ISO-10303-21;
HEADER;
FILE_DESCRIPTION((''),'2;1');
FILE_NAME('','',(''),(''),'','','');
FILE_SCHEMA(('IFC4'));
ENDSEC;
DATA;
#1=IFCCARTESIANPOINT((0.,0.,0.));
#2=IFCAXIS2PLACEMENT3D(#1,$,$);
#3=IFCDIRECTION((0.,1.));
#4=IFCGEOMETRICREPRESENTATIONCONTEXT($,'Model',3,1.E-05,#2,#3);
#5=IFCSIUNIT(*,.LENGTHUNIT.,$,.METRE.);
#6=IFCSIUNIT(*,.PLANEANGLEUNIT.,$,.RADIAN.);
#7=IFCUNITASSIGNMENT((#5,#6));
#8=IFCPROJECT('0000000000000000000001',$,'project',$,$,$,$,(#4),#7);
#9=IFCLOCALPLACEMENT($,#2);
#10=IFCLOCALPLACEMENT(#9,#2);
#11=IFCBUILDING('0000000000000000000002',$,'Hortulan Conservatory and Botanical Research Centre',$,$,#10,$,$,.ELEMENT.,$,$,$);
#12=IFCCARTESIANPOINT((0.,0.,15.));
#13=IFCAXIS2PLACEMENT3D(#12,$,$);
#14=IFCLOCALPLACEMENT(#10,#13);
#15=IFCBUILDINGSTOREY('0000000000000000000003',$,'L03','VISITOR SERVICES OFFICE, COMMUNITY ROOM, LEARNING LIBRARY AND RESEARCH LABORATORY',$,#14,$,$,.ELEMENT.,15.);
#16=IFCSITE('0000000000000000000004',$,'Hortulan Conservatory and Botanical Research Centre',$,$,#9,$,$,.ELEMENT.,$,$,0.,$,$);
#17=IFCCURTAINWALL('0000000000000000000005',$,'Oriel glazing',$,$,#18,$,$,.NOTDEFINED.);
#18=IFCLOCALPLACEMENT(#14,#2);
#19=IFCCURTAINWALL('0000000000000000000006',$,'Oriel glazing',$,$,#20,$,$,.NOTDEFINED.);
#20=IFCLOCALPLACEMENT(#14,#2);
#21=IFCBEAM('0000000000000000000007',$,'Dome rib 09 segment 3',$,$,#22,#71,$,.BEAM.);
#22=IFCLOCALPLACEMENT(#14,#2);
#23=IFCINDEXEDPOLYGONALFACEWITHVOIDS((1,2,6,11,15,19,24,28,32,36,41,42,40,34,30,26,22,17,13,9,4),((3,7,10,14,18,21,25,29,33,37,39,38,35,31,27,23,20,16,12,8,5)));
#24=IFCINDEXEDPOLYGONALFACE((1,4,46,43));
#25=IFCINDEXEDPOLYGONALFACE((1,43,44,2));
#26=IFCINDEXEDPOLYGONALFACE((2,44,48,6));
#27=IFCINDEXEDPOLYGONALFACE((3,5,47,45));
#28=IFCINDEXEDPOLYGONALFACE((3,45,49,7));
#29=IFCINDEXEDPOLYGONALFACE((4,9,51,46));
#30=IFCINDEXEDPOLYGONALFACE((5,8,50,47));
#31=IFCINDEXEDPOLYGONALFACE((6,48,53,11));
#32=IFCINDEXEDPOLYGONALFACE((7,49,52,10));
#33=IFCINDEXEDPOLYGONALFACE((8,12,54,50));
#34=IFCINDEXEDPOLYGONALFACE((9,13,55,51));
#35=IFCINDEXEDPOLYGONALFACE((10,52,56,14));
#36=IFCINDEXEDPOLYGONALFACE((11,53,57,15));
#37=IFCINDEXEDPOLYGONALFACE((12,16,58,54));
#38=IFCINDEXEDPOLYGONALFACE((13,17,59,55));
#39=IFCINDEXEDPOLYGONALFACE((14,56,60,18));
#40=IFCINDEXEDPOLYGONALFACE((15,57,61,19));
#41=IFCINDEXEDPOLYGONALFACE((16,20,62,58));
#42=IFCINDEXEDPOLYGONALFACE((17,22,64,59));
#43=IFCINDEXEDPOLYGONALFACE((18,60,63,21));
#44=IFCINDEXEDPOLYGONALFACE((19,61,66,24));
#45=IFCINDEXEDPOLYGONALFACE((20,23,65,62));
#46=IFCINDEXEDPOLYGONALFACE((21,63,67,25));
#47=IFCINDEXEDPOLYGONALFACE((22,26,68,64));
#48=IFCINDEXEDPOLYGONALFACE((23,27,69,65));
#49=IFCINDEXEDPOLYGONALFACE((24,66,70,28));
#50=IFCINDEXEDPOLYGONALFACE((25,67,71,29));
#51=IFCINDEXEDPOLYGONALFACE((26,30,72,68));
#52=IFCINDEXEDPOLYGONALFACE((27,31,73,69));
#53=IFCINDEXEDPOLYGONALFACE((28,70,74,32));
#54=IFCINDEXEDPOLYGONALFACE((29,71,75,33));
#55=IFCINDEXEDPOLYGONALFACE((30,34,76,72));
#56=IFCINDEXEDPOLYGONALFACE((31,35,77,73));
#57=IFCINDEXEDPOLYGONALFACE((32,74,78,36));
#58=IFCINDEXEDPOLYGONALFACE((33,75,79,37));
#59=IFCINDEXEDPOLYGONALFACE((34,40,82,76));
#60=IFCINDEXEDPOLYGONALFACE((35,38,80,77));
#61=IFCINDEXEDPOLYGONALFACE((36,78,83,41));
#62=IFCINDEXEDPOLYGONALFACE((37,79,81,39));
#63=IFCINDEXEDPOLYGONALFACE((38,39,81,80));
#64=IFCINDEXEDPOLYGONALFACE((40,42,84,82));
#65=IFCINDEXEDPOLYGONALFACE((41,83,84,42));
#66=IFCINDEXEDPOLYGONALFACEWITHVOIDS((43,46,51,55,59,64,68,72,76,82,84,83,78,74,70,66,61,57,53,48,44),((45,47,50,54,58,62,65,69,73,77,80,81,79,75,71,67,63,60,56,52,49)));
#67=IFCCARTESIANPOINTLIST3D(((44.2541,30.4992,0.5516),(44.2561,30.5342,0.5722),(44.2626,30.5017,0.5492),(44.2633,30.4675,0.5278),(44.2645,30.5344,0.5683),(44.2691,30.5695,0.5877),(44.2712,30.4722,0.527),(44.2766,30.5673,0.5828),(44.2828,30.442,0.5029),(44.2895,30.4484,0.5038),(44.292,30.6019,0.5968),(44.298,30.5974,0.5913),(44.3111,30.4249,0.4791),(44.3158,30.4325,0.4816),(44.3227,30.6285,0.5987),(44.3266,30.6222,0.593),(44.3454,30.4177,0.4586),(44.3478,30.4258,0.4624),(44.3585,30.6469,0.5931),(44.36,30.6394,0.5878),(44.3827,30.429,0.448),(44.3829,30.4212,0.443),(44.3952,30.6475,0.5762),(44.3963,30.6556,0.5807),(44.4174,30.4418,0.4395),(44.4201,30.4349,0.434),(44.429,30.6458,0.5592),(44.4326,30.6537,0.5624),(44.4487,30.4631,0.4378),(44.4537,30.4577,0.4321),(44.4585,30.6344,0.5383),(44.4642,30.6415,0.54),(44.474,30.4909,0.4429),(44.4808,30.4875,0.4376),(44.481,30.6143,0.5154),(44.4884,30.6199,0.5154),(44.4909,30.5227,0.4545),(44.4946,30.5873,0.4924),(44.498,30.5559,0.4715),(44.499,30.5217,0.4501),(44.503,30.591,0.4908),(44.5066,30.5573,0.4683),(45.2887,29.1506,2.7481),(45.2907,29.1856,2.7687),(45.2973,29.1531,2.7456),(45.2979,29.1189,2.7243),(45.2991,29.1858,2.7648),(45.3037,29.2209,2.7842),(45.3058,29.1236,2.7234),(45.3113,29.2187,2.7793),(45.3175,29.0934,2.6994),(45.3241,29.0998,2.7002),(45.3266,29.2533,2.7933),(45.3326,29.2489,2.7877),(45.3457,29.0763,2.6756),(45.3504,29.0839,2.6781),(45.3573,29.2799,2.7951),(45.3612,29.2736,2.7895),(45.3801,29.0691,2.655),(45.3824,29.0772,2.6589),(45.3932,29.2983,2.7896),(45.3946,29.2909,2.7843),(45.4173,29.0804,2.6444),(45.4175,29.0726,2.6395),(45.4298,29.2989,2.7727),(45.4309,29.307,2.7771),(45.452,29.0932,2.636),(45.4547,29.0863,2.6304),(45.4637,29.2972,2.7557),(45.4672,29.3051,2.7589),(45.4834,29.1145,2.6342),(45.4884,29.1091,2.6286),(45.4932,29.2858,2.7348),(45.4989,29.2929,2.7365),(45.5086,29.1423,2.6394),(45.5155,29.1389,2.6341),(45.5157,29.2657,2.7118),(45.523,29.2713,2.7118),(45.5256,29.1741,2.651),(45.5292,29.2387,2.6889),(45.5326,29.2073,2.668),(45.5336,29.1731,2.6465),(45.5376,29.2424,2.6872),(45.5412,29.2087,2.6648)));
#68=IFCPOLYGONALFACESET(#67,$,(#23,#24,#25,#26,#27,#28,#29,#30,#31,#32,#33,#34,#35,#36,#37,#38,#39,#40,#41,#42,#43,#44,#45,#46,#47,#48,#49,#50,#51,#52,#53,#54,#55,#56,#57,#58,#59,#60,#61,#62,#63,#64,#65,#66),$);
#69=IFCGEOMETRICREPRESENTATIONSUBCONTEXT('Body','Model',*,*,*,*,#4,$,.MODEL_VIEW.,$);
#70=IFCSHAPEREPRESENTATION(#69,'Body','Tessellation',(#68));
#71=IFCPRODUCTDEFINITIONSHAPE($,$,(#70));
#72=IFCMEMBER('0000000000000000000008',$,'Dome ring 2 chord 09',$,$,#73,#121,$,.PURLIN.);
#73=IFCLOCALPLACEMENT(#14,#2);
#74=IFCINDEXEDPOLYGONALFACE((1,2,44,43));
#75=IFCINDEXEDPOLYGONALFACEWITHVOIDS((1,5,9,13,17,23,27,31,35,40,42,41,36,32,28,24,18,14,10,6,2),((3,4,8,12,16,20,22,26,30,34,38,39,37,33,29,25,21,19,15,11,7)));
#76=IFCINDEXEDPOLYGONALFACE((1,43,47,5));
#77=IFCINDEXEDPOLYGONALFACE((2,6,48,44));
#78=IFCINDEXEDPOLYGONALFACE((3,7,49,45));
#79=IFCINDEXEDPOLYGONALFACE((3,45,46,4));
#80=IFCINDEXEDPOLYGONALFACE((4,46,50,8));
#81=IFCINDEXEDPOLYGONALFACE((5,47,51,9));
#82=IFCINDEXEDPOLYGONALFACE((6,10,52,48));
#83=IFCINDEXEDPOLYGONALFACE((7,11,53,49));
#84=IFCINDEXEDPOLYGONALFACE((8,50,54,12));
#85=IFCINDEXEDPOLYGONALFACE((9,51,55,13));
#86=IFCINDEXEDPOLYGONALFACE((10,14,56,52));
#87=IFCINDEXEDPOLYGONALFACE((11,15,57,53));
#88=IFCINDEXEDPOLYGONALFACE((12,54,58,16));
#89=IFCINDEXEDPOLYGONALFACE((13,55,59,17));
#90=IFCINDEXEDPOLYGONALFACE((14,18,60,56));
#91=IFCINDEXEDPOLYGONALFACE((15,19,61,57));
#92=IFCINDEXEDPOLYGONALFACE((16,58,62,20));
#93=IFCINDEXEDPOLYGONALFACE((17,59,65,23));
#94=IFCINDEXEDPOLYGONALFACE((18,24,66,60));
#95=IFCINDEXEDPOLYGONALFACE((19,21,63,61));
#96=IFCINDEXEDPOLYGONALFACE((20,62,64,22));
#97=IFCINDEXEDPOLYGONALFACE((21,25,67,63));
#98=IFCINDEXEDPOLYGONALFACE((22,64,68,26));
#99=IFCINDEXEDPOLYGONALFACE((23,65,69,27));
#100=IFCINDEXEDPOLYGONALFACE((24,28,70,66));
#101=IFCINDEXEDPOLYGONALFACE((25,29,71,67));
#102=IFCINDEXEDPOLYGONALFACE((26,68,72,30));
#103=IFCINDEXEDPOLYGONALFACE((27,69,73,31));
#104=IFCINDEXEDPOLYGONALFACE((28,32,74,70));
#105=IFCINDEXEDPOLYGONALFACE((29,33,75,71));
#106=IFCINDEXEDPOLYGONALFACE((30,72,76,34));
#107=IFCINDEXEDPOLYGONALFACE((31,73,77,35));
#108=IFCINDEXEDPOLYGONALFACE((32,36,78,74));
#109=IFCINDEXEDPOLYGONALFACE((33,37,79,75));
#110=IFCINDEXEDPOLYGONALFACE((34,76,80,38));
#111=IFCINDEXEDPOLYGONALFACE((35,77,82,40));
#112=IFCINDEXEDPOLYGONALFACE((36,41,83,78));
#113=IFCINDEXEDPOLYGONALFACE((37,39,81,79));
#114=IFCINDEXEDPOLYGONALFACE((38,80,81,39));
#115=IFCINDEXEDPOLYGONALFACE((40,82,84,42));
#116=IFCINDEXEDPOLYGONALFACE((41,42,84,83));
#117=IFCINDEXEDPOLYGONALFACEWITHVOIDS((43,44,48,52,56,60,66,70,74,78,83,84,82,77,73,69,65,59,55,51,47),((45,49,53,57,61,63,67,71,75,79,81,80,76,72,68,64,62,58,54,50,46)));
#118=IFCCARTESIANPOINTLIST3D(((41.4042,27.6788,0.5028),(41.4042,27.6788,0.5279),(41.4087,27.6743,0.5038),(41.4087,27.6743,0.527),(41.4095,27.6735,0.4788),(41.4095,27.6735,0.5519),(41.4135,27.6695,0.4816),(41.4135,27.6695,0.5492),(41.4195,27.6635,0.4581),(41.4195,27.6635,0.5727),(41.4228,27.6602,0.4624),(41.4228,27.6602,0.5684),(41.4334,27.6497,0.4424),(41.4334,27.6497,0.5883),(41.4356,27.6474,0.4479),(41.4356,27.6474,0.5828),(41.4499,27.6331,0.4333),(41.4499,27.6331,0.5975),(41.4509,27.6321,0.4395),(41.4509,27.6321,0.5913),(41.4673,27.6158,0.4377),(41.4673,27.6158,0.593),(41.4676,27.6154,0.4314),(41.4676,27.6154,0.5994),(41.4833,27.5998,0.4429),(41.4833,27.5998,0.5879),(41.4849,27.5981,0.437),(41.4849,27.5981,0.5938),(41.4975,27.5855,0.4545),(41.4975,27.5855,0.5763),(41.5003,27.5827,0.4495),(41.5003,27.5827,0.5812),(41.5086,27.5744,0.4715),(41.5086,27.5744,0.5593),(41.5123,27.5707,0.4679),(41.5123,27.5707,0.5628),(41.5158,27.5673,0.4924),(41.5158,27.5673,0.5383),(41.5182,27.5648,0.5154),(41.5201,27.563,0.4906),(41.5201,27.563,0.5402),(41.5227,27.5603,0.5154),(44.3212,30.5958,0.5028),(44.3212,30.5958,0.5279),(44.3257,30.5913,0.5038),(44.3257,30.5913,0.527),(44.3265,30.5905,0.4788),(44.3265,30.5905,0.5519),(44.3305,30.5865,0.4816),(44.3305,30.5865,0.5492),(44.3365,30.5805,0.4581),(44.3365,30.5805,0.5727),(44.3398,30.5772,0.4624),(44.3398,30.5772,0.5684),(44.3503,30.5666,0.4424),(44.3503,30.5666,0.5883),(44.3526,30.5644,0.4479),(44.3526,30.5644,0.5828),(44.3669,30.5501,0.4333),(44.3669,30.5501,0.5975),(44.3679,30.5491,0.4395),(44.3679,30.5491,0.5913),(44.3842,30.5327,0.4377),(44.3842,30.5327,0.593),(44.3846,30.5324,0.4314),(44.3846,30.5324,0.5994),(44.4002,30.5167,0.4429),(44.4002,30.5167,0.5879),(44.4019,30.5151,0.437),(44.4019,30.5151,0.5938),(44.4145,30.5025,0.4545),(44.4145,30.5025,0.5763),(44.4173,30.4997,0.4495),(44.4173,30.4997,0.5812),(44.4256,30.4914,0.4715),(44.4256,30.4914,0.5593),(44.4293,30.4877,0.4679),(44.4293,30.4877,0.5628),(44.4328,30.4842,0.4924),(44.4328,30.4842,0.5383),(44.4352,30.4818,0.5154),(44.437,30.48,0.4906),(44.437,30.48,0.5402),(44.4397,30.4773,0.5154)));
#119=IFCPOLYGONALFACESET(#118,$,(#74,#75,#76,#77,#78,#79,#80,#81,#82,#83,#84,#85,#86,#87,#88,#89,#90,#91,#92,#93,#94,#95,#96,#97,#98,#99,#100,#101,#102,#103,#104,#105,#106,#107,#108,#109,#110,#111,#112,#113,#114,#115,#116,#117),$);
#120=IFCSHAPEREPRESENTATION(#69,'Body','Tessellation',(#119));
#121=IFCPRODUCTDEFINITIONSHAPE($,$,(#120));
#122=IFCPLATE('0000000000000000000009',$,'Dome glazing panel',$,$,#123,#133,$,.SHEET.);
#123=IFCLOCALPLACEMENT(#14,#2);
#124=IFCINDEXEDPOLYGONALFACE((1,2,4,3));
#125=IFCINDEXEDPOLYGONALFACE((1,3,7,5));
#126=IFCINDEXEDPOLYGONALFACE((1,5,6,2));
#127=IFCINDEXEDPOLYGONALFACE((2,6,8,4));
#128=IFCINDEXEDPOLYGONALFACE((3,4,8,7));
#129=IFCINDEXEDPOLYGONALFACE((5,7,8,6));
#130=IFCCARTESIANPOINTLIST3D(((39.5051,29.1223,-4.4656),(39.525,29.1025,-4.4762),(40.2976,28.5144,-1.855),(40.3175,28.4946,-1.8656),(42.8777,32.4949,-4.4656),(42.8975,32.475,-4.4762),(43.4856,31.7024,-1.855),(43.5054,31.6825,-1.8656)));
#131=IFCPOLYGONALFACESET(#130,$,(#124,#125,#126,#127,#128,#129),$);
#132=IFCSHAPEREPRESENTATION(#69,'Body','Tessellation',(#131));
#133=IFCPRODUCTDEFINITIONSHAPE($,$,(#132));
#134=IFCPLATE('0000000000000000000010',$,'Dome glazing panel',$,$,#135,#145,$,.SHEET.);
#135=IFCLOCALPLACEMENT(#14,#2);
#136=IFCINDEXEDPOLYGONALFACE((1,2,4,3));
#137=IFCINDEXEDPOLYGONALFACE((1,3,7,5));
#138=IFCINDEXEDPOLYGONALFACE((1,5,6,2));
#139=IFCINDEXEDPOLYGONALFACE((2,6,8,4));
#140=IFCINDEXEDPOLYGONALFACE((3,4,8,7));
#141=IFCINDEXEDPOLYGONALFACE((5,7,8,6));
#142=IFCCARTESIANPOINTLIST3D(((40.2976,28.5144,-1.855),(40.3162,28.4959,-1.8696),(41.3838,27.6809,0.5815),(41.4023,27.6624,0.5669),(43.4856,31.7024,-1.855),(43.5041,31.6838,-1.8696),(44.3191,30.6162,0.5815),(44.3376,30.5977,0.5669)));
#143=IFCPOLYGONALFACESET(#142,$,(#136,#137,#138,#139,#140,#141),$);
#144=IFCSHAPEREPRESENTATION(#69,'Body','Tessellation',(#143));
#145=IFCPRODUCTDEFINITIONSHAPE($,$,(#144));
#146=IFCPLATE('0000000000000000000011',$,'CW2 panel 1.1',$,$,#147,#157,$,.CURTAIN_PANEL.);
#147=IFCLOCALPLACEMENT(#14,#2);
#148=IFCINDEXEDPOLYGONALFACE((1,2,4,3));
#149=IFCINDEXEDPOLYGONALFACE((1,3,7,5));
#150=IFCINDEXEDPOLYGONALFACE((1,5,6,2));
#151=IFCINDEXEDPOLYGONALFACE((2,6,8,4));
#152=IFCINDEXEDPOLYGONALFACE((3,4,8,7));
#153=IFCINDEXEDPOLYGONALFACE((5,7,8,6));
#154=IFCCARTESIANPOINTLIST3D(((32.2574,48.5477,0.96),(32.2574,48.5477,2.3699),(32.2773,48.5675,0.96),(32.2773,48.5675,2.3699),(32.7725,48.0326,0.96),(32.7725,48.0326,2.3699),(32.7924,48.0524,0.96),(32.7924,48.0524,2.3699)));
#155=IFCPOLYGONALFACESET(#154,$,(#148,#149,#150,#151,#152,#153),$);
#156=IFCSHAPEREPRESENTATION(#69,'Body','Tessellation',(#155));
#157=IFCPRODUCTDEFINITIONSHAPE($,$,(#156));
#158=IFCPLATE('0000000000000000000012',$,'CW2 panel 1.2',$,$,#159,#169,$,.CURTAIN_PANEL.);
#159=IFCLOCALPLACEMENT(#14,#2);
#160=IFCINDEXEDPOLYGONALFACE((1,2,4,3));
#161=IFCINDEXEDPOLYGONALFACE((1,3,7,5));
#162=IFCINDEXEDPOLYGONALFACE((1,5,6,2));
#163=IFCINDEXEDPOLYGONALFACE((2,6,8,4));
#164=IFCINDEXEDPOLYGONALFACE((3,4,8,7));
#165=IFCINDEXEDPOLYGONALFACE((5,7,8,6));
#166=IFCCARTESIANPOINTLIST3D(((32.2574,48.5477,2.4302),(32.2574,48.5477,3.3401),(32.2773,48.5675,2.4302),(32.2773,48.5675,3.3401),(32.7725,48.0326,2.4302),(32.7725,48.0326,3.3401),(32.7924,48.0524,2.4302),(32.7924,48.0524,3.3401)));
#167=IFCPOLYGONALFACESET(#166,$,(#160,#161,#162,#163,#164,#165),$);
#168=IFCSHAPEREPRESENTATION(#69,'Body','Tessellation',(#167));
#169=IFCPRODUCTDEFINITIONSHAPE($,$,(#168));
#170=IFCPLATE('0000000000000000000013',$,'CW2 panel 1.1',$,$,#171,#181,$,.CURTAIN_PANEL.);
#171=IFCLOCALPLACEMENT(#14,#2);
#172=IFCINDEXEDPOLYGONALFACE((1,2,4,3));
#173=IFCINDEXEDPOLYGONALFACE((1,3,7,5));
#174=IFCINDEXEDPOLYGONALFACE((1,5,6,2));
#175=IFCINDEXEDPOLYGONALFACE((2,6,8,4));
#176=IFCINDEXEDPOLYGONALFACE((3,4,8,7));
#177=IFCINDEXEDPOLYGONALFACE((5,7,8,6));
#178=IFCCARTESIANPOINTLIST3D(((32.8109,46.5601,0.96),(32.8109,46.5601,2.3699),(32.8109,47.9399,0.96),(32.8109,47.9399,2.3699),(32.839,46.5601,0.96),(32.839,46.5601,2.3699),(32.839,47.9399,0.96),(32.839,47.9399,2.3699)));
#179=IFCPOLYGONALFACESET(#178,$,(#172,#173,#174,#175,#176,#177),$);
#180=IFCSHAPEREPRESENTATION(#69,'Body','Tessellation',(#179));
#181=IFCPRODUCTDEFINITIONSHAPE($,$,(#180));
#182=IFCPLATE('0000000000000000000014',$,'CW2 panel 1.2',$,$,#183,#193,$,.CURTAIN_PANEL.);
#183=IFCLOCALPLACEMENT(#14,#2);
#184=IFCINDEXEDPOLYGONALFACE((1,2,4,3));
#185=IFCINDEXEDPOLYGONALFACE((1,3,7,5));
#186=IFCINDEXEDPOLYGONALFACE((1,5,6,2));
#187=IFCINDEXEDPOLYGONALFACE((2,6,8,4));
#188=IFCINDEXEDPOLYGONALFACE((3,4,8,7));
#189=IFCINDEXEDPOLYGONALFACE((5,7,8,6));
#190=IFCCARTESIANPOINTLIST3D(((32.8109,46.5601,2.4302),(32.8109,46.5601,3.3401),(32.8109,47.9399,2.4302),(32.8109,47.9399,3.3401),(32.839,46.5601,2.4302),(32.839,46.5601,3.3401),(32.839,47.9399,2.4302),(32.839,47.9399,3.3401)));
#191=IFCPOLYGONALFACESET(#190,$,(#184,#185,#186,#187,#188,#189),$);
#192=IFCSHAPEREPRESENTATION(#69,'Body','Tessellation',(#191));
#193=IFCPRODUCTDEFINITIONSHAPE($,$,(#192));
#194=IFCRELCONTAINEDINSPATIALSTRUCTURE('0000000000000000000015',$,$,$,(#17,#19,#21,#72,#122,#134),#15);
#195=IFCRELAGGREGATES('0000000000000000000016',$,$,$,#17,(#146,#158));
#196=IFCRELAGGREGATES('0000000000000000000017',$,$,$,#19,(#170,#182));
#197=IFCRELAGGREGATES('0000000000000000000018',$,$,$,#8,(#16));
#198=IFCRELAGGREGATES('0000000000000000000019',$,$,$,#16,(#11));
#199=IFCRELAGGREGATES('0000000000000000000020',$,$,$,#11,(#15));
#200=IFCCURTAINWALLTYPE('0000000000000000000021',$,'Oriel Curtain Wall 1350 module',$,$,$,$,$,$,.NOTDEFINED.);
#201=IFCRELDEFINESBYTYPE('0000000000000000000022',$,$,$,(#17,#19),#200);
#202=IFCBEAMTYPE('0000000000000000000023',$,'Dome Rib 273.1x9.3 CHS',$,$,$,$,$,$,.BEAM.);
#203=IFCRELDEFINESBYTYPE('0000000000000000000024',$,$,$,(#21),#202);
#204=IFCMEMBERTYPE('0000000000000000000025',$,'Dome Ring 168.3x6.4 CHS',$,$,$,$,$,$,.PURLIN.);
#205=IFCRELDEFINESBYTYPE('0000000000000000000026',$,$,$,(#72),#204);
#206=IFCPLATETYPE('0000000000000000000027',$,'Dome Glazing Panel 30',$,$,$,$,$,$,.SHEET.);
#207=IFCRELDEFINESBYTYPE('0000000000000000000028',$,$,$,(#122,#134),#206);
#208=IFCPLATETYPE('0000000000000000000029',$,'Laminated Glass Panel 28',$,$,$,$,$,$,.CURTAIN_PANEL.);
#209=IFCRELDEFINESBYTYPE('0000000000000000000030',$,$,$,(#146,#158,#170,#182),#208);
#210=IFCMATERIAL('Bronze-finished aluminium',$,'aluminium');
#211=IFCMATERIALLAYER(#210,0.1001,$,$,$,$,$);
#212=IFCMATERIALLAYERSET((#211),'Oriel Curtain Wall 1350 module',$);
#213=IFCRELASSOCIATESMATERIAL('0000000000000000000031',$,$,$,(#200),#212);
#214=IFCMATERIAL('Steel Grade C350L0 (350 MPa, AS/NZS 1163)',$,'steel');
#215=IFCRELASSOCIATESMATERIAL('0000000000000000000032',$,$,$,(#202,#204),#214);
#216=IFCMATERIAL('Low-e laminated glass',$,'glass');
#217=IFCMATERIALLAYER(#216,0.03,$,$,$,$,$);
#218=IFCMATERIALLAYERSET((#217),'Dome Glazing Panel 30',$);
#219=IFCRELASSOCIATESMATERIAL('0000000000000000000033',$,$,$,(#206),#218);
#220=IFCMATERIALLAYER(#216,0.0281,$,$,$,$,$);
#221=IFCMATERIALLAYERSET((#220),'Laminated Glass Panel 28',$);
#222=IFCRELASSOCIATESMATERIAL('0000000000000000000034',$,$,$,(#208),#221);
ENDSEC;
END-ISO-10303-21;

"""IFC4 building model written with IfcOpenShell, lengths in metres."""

from ifc_helpers import new_model, si_unit, direction, frame, origin, origin_2d, place, context, subcontext, project, spatial, polyline, rectangle, hollow_circle, outline, extrude, material, layer, layer_set, material_profile, profile_set, type_object, element, aggregate, save


model = new_model("IFC4")

# Units and contexts
model_context = context("Model", 3, precision=1e-05, world=origin(), true_north=direction((0.0, 1.0)))
body_context = subcontext(model_context, "Body", "Model", "MODEL_VIEW")
ifc_project = project(units=[si_unit("LENGTHUNIT", "METRE"), si_unit("PLANEANGLEUNIT", "RADIAN")], contexts=[model_context])

# Site, building, storey
site_placement = place(None, origin())
site = spatial("IfcSite", under=ifc_project, at=site_placement, Name="Hortulan Conservatory and Botanical Research Centre", CompositionType="ELEMENT", RefElevation=0.0)
building_placement = place(site_placement, origin())
building = spatial("IfcBuilding", under=site, at=building_placement, Name="Hortulan Conservatory and Botanical Research Centre", CompositionType="ELEMENT")
storey_placement = place(building_placement, frame((0.0, 0.0, 15.0)))
storey = spatial("IfcBuildingStorey", under=building, at=storey_placement, Name="L03", Description="VISITOR SERVICES OFFICE, COMMUNITY ROOM, LEARNING LIBRARY AND RESEARCH LABORATORY", CompositionType="ELEMENT", Elevation=15.0)

# Curtain wall
ifc_material_1 = material(Name="Bronze-finished aluminium", Category="aluminium")
ifc_layer_1 = layer(ifc_material_1, 0.1001)
ifc_layer_set_1 = layer_set([ifc_layer_1], Name="Oriel Curtain Wall 1350 module")
curtain_wall_type = type_object("IfcCurtainWallType", Name="Oriel Curtain Wall 1350 module", PredefinedType="NOTDEFINED", material=ifc_layer_set_1)
curtain_wall_1_placement = place(storey_placement, origin())
curtain_wall_1 = element("IfcCurtainWall", 1, at=curtain_wall_1_placement, inside=storey, type_object=curtain_wall_type, Name="Oriel glazing", PredefinedType="NOTDEFINED")

# Curtain wall
curtain_wall_2_placement = place(storey_placement, origin())
curtain_wall_2 = element("IfcCurtainWall", 2, at=curtain_wall_2_placement, inside=storey, type_object=curtain_wall_type, Name="Oriel glazing", PredefinedType="NOTDEFINED")

# Beam
ifc_material_2 = material(Name="Steel Grade C350L0 (350 MPa, AS/NZS 1163)", Category="steel")
ifc_material_profile_1 = material_profile(ifc_material_2, hollow_circle(Radius=0.1365, WallThickness=0.0093, at=origin_2d()), Name="273.1x9.3CHS")
ifc_profile_set_1 = profile_set([ifc_material_profile_1], Name="Steel Grade C350L0 (350 MPa, AS/NZS 1163)")
beam_type = type_object("IfcBeamType", Name="Dome Rib 273.1x9.3 CHS", PredefinedType="BEAM", material=ifc_profile_set_1)
beam_placement = place(storey_placement, frame((44.3801, 30.5369, 0.5154), z_axis=(0.372527, -0.485569, 0.790852), x_axis=(0.793403, 0.608697, 0.0)))
element("IfcBeam", 3, at=beam_placement, inside=storey, type_object=beam_type, Name="Dome rib 09 segment 3", PredefinedType="BEAM", context=body_context, shape_type="SweptSolid", body=[
    extrude(hollow_circle(Radius=0.1365, WallThickness=0.0093, at=origin_2d()), origin(), (0.0, 0.0, 1.0), 2.7773),
])

# Member
ifc_material_profile_2 = material_profile(ifc_material_2, hollow_circle(Radius=0.0842, WallThickness=0.0063, at=origin_2d()), Name="168.3x6.4CHS")
ifc_profile_set_2 = profile_set([ifc_material_profile_2], Name="Steel Grade C350L0 (350 MPa, AS/NZS 1163)")
member_type_1 = type_object("IfcMemberType", Name="Dome Ring 168.3x6.4 CHS", PredefinedType="PURLIN", material=ifc_profile_set_2)
member_1_placement = place(storey_placement, frame((44.3801, 30.5369, 0.5154), z_axis=(-0.707107, -0.707107, 0.0), x_axis=(0.707107, -0.707107, 0.0)))
element("IfcMember", 4, at=member_1_placement, inside=storey, type_object=member_type_1, Name="Dome ring 2 chord 09", PredefinedType="PURLIN", context=body_context, shape_type="SweptSolid", body=[
    extrude(hollow_circle(Radius=0.0842, WallThickness=0.0063, at=origin_2d()), origin(), (0.0, 0.0, 1.0), 4.1252),
])

# Plates
ifc_material_3 = material(Name="Low-e laminated glass", Category="glass")
ifc_layer_2 = layer(ifc_material_3, 0.03)
ifc_layer_set_2 = layer_set([ifc_layer_2], Name="Dome Glazing Panel 30")
plate_type_1 = type_object("IfcPlateType", Name="Dome Glazing Panel 30", PredefinedType="SHEET", material=ifc_layer_set_2)
plate_1_placement = place(storey_placement, frame((42.8777, 32.4949, -4.4656), z_axis=(-0.661143, 0.661143, 0.354654), x_axis=(-0.707107, -0.707107, 0.0)))
element("IfcPlate", 5, at=plate_1_placement, inside=storey, type_object=plate_type_1, Name="Dome glazing panel", PredefinedType="SHEET", context=body_context, shape_type="SweptSolid", body=[
    extrude(outline(polyline([(0.0, 0.0), (4.7695, 0.0), (4.639, 2.7921), (0.1305, 2.7921), (0.0, 0.0)])), origin(), (0.0, 0.0, -1.0), 0.03),
])
plate_2_placement = place(storey_placement, frame((43.4856, 31.7024, -1.855), z_axis=(-0.617714, 0.617714, 0.486682), x_axis=(-0.707107, -0.707107, 0.0)))
element("IfcPlate", 6, at=plate_2_placement, inside=storey, type_object=plate_type_1, Name="Dome glazing panel", PredefinedType="SHEET", context=body_context, shape_type="SweptSolid", body=[
    extrude(outline(polyline([(0.0, 0.0), (4.5085, 0.0), (4.3298, 2.7891), (0.1787, 2.7891), (0.0, 0.0)])), origin(), (0.0, 0.0, -1.0), 0.03),
])

# Plates
ifc_layer_3 = layer(ifc_material_3, 0.0281)
ifc_layer_set_3 = layer_set([ifc_layer_3], Name="Laminated Glass Panel 28")
plate_type_2 = type_object("IfcPlateType", Name="Laminated Glass Panel 28", PredefinedType="CURTAIN_PANEL", material=ifc_layer_set_3)
plate_3_placement = place(storey_placement, frame((32.5249, 48.3, 0.96), z_axis=(0.0, 0.0, 1.0), x_axis=(0.707107, -0.707107, 0.0)))
plate_3 = element("IfcPlate", 7, at=plate_3_placement, type_object=plate_type_2, Name="CW2 panel 1.1", PredefinedType="CURTAIN_PANEL", context=body_context, shape_type="SweptSolid", body=[
    extrude(rectangle(XDim=0.7285, YDim=0.0281, at=origin_2d()), origin(), (0.0, 0.0, 1.0), 1.4099),
])
plate_4_placement = place(storey_placement, frame((32.5249, 48.3, 2.4302), z_axis=(0.0, 0.0, 1.0), x_axis=(0.707107, -0.707107, 0.0)))
plate_4 = element("IfcPlate", 8, at=plate_4_placement, type_object=plate_type_2, Name="CW2 panel 1.2", PredefinedType="CURTAIN_PANEL", context=body_context, shape_type="SweptSolid", body=[
    extrude(rectangle(XDim=0.7285, YDim=0.0281, at=origin_2d()), origin(), (0.0, 0.0, 1.0), 0.9099),
])
aggregate(curtain_wall_1, [plate_3, plate_4])
plate_5_placement = place(storey_placement, frame((32.825, 47.25, 0.96), z_axis=(0.0, 0.0, 1.0), x_axis=(0.0, -1.0, 0.0)))
plate_5 = element("IfcPlate", 9, at=plate_5_placement, type_object=plate_type_2, Name="CW2 panel 1.1", PredefinedType="CURTAIN_PANEL", context=body_context, shape_type="SweptSolid", body=[
    extrude(rectangle(XDim=1.3799, YDim=0.0281, at=origin_2d()), origin(), (0.0, 0.0, 1.0), 1.4099),
])
plate_6_placement = place(storey_placement, frame((32.825, 47.25, 2.4302), z_axis=(0.0, 0.0, 1.0), x_axis=(0.0, -1.0, 0.0)))
plate_6 = element("IfcPlate", 10, at=plate_6_placement, type_object=plate_type_2, Name="CW2 panel 1.2", PredefinedType="CURTAIN_PANEL", context=body_context, shape_type="SweptSolid", body=[
    extrude(rectangle(XDim=1.3799, YDim=0.0281, at=origin_2d()), origin(), (0.0, 0.0, 1.0), 0.9099),
])
aggregate(curtain_wall_2, [plate_5, plate_6])

save(model, "model.ifc")
